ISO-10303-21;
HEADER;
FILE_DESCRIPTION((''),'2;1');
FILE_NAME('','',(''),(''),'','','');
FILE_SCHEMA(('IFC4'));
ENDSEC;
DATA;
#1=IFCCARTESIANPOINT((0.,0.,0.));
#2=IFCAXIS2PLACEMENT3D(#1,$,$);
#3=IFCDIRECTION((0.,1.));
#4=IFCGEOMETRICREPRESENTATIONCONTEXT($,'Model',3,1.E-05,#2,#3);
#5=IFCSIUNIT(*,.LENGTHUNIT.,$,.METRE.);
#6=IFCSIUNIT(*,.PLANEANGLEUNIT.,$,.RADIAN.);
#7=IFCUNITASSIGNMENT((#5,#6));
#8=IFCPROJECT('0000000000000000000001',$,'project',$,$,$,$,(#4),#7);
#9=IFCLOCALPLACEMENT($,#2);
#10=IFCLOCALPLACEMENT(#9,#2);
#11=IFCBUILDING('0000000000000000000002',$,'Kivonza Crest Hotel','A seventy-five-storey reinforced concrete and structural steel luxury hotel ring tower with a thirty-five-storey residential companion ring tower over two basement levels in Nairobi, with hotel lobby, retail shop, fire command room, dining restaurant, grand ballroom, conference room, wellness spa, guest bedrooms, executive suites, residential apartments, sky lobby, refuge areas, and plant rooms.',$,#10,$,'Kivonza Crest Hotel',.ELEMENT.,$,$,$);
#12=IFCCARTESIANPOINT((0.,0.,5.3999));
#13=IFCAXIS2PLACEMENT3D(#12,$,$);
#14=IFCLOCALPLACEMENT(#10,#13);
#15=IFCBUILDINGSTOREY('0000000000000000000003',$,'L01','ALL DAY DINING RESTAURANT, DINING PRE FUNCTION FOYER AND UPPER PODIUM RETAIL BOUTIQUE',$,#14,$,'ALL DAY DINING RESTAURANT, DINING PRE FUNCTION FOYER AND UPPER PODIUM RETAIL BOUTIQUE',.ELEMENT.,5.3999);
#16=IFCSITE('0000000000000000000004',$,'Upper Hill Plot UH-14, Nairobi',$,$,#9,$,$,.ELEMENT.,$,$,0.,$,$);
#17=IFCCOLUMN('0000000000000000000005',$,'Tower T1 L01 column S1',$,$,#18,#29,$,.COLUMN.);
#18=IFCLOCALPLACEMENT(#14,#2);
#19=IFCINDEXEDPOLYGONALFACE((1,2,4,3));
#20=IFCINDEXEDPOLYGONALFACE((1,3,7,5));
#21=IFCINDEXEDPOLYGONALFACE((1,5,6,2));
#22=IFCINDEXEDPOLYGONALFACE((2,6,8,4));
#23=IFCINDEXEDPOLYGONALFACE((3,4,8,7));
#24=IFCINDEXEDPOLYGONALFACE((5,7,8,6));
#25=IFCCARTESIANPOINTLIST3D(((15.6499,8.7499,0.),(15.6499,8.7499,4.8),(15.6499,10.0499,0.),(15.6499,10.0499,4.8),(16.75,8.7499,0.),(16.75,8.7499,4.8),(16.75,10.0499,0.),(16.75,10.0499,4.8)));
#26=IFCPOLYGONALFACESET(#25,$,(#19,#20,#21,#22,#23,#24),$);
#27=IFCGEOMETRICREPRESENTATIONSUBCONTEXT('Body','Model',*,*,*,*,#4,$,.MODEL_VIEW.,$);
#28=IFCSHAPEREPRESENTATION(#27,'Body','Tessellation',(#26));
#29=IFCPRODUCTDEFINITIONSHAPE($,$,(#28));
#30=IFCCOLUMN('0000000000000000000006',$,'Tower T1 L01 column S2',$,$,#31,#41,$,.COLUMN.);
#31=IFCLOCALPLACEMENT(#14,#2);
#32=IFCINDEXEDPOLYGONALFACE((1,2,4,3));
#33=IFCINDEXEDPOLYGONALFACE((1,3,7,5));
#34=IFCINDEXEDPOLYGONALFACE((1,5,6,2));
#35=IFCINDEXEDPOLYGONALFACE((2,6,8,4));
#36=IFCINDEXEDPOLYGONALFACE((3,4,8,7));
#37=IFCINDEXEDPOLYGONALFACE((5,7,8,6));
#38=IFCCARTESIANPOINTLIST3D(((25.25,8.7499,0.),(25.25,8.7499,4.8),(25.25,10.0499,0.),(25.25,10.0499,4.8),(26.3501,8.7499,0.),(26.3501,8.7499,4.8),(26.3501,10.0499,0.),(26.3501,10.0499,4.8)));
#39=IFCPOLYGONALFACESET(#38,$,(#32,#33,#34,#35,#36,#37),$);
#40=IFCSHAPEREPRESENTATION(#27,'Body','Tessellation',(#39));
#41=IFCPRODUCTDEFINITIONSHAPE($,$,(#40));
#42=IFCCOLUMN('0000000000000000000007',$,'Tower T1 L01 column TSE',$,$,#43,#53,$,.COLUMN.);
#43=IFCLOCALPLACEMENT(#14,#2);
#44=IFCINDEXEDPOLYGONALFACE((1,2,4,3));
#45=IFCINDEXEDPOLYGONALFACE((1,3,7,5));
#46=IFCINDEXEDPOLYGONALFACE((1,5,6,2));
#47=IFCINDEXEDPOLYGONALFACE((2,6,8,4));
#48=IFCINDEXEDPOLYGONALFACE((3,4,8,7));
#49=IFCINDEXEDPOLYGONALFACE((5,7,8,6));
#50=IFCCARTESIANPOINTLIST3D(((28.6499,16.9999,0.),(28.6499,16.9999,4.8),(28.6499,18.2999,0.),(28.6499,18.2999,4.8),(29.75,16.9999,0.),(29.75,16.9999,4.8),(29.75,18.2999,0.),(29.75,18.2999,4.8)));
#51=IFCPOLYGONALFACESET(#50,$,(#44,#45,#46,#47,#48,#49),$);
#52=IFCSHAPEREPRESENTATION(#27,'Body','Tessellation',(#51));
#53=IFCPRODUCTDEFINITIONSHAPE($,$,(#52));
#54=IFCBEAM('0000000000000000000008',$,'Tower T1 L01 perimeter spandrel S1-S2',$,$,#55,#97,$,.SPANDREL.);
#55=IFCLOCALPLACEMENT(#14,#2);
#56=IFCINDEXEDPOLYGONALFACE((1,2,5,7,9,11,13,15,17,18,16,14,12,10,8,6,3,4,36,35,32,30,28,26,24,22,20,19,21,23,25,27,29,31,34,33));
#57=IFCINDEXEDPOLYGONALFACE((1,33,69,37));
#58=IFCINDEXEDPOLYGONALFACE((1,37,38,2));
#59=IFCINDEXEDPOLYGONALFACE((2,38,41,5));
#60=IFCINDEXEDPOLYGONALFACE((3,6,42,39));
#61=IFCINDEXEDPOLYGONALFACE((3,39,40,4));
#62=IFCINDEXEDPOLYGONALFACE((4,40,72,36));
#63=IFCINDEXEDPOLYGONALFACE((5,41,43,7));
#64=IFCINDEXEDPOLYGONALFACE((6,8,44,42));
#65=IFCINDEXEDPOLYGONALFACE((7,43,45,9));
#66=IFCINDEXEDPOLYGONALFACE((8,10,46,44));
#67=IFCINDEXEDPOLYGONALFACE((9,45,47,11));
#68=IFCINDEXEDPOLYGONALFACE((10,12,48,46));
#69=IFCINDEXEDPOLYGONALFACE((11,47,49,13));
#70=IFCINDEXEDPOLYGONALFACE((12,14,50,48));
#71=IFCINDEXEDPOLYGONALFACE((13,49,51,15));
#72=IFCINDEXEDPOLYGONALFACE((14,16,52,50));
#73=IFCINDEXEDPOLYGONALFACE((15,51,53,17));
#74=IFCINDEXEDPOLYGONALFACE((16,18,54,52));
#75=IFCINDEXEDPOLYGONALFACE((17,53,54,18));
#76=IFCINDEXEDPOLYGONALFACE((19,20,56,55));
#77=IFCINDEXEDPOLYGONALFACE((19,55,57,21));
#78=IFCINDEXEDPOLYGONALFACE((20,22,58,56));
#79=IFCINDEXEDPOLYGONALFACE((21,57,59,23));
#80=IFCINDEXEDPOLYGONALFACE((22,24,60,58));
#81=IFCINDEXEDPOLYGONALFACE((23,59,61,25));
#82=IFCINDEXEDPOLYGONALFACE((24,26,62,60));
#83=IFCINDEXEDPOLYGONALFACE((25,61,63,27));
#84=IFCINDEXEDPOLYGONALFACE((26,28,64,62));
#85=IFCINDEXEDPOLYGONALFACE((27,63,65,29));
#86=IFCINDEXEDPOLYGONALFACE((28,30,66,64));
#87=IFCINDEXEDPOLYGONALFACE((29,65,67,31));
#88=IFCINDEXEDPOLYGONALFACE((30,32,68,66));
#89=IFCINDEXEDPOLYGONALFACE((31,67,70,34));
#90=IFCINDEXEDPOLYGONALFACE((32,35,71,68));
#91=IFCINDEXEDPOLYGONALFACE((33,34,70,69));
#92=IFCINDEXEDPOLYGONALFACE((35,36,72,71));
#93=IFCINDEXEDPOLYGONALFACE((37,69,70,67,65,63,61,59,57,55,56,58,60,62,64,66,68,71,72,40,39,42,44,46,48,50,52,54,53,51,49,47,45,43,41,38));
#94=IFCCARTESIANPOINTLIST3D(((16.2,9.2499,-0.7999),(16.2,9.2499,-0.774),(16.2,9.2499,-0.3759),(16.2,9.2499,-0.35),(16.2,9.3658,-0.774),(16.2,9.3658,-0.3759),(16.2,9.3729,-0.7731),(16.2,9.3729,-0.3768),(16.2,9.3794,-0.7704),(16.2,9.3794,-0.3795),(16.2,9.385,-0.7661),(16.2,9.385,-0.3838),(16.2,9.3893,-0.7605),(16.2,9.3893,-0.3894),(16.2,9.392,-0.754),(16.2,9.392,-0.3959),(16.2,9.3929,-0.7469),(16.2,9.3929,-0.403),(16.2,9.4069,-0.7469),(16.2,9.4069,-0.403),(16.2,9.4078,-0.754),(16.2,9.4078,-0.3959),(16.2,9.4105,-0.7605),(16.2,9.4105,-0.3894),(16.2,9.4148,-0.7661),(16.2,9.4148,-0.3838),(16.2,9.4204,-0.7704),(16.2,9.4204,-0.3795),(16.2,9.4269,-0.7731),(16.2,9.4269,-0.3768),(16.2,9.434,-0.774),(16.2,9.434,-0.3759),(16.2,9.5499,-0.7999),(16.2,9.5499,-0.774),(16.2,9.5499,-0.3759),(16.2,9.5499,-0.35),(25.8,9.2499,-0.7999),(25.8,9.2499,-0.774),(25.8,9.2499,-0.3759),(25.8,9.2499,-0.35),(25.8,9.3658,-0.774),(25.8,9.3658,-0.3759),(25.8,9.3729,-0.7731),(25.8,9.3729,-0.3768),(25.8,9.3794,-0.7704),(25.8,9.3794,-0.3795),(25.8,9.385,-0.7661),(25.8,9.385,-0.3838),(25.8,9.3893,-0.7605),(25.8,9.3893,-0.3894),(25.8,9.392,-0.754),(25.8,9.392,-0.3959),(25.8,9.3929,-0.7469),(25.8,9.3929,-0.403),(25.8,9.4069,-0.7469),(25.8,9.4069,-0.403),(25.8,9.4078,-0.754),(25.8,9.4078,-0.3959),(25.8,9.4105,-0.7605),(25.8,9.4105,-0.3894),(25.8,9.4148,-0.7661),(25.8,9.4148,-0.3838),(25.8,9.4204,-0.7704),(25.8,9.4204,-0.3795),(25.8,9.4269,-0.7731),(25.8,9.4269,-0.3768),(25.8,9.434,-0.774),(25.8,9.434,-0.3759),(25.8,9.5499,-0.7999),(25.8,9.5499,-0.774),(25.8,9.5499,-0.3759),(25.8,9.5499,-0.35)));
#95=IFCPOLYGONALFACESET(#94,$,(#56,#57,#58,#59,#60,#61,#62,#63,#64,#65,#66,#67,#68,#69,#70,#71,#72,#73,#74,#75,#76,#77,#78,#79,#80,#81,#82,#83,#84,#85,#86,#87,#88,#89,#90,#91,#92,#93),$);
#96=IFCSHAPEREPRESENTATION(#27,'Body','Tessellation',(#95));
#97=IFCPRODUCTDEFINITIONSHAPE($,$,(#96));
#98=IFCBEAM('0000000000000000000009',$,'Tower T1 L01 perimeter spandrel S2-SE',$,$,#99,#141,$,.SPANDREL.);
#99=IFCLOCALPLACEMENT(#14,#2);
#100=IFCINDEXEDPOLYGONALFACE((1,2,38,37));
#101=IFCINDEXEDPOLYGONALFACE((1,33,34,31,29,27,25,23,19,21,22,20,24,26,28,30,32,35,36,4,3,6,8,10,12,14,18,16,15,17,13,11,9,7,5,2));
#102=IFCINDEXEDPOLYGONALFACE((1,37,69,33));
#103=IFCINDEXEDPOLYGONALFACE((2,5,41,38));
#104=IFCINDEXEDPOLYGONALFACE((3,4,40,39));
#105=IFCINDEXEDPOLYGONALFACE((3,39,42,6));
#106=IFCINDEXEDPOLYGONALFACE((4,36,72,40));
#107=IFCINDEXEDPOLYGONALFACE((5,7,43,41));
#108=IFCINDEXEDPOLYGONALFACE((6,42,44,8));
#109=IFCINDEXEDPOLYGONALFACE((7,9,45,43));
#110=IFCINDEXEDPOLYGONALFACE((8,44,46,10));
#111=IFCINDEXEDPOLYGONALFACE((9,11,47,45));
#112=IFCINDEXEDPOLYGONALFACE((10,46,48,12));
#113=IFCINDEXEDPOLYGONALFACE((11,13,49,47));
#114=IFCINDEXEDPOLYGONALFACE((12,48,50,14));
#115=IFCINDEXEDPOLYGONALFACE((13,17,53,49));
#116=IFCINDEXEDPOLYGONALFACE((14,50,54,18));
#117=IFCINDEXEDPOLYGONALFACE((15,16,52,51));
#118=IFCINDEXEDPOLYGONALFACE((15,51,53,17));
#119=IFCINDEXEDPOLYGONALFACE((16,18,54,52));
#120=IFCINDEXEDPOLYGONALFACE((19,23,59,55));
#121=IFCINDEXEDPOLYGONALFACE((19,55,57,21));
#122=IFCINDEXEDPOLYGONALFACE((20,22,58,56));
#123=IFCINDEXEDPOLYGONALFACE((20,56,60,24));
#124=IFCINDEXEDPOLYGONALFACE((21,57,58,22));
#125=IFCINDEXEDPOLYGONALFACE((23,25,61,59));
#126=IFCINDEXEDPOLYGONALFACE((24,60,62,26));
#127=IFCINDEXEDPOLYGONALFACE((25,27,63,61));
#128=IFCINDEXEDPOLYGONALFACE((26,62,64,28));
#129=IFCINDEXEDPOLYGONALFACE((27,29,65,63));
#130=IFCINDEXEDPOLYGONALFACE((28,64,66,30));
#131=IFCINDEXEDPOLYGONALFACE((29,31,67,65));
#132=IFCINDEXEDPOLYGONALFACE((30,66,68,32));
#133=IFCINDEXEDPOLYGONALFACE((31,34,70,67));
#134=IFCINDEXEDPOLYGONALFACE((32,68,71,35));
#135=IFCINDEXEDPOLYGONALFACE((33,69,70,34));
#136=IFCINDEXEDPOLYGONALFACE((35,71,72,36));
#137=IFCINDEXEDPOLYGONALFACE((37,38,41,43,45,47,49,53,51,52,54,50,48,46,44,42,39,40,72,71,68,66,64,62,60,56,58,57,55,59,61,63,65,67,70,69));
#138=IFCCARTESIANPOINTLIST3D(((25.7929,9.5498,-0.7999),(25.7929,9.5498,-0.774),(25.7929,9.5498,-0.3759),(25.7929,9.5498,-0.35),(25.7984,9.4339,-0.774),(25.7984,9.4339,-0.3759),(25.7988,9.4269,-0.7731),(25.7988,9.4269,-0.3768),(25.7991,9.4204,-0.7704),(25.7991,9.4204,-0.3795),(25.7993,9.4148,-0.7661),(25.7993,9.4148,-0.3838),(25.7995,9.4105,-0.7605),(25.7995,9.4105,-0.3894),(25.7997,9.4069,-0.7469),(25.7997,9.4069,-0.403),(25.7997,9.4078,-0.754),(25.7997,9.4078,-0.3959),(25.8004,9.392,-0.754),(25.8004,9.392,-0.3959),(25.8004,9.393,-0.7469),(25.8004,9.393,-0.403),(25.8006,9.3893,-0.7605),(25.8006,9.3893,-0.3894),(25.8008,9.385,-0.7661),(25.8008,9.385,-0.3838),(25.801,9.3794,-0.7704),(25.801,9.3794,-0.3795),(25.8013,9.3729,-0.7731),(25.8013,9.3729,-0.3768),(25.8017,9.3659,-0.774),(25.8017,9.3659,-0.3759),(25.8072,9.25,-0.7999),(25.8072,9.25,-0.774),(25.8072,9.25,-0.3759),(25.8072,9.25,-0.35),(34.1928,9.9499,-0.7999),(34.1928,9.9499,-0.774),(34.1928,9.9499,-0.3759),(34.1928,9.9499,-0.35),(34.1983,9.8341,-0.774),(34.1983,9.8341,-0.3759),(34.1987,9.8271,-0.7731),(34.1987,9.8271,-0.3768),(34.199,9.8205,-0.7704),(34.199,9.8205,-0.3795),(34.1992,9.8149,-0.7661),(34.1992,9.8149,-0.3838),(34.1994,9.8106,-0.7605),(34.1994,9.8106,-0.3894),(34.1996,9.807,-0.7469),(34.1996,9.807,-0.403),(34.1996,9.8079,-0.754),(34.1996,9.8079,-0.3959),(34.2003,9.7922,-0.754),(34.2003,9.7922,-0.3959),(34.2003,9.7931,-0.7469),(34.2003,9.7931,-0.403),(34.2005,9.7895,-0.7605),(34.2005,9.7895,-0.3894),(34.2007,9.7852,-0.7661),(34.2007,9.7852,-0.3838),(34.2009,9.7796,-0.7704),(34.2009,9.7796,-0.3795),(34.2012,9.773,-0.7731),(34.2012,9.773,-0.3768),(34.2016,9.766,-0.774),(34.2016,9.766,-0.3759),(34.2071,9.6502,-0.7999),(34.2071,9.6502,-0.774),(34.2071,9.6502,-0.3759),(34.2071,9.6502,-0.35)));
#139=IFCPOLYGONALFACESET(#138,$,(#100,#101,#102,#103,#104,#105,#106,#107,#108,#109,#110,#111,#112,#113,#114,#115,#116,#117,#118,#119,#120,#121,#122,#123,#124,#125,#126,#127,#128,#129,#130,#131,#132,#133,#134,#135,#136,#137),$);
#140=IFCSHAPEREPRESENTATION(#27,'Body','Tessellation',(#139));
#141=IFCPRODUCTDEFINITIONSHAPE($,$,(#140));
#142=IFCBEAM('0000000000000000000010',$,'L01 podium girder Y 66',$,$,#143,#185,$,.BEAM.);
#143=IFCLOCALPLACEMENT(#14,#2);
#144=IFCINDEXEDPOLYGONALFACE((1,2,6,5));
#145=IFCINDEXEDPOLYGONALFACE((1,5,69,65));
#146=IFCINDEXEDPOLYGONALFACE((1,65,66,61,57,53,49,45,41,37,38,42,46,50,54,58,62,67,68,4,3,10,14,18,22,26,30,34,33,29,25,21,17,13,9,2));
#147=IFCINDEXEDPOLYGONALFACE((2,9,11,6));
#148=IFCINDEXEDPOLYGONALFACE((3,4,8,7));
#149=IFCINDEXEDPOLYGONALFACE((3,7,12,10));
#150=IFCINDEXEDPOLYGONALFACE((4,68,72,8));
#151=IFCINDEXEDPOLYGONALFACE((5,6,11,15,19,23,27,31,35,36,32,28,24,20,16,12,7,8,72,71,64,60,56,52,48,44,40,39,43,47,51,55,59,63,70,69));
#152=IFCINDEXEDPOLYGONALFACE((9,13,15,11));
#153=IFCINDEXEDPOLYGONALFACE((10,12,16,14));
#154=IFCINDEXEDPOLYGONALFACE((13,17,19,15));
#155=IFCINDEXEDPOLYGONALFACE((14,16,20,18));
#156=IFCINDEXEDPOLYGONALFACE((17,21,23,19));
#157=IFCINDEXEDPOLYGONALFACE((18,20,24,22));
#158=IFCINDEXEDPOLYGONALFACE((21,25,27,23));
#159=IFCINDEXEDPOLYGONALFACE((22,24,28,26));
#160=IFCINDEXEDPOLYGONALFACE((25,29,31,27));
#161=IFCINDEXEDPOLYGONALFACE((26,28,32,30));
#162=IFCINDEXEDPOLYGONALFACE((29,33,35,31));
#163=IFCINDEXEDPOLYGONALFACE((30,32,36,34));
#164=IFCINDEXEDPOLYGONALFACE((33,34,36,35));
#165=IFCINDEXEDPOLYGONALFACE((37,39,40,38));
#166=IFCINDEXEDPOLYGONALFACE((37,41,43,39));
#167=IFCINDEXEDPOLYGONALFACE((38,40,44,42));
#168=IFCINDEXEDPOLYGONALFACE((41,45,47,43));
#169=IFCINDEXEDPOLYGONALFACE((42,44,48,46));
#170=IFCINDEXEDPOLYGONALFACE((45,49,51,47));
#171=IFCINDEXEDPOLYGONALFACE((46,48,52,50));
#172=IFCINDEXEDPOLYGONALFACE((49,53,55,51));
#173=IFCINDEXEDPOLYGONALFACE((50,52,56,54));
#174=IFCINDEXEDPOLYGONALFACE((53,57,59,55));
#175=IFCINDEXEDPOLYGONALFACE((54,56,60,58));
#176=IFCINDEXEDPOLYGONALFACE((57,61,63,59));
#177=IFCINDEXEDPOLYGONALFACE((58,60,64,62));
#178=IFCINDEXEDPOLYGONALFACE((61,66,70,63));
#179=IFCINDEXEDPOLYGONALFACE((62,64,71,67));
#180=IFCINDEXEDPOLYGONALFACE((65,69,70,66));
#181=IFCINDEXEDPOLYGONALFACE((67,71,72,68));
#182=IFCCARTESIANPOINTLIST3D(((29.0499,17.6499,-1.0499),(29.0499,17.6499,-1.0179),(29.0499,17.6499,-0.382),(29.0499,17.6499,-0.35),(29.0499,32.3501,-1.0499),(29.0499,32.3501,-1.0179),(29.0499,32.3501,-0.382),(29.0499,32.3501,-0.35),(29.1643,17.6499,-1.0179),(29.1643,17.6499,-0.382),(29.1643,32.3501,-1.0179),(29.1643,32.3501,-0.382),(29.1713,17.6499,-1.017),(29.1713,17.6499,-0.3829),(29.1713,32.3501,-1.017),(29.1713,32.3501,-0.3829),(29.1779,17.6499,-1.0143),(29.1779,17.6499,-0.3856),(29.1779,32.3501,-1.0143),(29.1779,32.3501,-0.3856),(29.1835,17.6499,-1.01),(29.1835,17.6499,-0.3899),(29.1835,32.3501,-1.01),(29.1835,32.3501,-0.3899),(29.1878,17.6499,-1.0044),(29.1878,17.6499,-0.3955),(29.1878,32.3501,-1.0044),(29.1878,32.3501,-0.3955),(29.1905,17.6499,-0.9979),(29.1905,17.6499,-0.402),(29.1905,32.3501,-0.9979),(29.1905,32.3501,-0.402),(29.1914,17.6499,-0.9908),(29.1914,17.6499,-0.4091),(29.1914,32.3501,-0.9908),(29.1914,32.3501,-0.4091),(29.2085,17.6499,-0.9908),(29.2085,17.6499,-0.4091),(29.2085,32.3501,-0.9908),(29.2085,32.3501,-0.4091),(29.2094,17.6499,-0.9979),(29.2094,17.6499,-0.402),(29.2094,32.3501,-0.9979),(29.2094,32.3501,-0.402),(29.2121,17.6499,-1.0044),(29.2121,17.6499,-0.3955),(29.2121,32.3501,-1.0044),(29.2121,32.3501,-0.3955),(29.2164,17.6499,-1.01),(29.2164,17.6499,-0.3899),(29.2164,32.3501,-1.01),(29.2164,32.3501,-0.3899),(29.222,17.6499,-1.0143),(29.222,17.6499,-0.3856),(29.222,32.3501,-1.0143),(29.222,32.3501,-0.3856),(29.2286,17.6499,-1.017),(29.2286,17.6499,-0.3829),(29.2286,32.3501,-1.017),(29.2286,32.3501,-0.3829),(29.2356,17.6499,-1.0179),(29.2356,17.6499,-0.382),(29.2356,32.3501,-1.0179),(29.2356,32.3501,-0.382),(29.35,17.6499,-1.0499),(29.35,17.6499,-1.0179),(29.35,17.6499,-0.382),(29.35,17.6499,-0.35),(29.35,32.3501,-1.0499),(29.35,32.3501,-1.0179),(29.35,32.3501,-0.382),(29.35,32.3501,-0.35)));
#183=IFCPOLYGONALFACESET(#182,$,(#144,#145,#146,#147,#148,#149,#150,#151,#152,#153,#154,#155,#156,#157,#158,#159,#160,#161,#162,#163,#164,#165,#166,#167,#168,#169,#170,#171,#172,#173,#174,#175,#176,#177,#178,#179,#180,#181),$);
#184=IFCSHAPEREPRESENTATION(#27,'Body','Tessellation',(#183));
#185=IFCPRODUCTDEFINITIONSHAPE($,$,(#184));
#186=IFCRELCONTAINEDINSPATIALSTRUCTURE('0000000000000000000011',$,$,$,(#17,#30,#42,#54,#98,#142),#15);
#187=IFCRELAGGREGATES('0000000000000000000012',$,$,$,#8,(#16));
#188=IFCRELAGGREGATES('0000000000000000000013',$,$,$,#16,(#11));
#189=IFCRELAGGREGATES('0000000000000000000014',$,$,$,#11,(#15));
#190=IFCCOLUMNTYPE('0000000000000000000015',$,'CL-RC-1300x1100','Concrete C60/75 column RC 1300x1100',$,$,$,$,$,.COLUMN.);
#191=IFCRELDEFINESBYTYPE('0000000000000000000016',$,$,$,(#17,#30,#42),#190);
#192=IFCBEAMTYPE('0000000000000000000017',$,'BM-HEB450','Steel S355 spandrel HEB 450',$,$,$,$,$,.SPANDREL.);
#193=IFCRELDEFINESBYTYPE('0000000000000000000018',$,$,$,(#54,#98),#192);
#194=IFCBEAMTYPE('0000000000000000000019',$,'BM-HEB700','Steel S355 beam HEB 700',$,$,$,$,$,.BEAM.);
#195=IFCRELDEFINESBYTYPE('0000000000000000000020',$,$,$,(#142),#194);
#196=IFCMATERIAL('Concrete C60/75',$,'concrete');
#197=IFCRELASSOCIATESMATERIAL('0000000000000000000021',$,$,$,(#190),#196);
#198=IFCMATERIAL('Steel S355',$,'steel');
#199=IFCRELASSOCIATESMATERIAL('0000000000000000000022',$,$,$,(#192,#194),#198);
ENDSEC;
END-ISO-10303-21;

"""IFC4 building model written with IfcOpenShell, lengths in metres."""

from ifc_helpers import new_model, si_unit, direction, frame, origin, origin_2d, place, context, subcontext, project, spatial, rectangle, i_section, extrude, material, material_profile, profile_set, type_object, element, save


model = new_model("IFC4")

# Units and contexts
model_context = context("Model", 3, precision=1e-05, world=origin(), true_north=direction((0.0, 1.0)))
body_context = subcontext(model_context, "Body", "Model", "MODEL_VIEW")
ifc_project = project(units=[si_unit("LENGTHUNIT", "METRE"), si_unit("PLANEANGLEUNIT", "RADIAN")], contexts=[model_context])

# Site, building, storey
site_placement = place(None, origin())
site = spatial("IfcSite", under=ifc_project, at=site_placement, Name="Upper Hill Plot UH-14, Nairobi", CompositionType="ELEMENT", RefElevation=0.0)
building_placement = place(site_placement, origin())
building = spatial("IfcBuilding", under=site, at=building_placement, Name="Kivonza Crest Hotel", Description="A seventy-five-storey reinforced concrete and structural steel luxury hotel ring tower with a thirty-five-storey residential companion ring tower over two basement levels in Nairobi, with hotel lobby, retail shop, fire command room, dining restaurant, grand ballroom, conference room, wellness spa, guest bedrooms, executive suites, residential apartments, sky lobby, refuge areas, and plant rooms.", LongName="Kivonza Crest Hotel", CompositionType="ELEMENT")
storey_placement = place(building_placement, frame((0.0, 0.0, 5.3999)))
storey = spatial("IfcBuildingStorey", under=building, at=storey_placement, Name="L01", Description="ALL DAY DINING RESTAURANT, DINING PRE FUNCTION FOYER AND UPPER PODIUM RETAIL BOUTIQUE", LongName="ALL DAY DINING RESTAURANT, DINING PRE FUNCTION FOYER AND UPPER PODIUM RETAIL BOUTIQUE", CompositionType="ELEMENT", Elevation=5.3999)

# Columns
ifc_material_1 = material(Name="Concrete C60/75", Category="concrete")
ifc_material_profile_1 = material_profile(ifc_material_1, rectangle(XDim=1.1001, YDim=1.3, at=origin_2d()), Name="RC 1300x1100")
ifc_profile_set_1 = profile_set([ifc_material_profile_1], Name="Concrete C60/75")
column_type = type_object("IfcColumnType", Name="CL-RC-1300x1100", Description="Concrete C60/75 column RC 1300x1100", PredefinedType="COLUMN", material=ifc_profile_set_1)
for number, where, z_axis, x_axis, name in (
    (1, (16.2, 9.3999, 0.0), (0.0, 0.0, 1.0), (1.0, 0.0, 0.0), "Tower T1 L01 column S1"),
    (2, (25.8, 9.3999, 0.0), (0.0, 0.0, 1.0), (1.0, 0.0, 0.0), "Tower T1 L01 column S2"),
    (3, (29.2, 17.6499, 0.0), (0.0, 0.0, 1.0), (1.0, 0.0, 0.0), "Tower T1 L01 column TSE"),
):
    element("IfcColumn", number, at=place(storey_placement, frame(where, z_axis=z_axis, x_axis=x_axis)), inside=storey, type_object=column_type, Name=name, PredefinedType="COLUMN", context=body_context, shape_type="SweptSolid", body=[
        extrude(rectangle(XDim=1.1001, YDim=1.3, at=origin_2d()), origin(), (0.0, 0.0, 1.0), 4.8),
    ])

# Beams
ifc_material_2 = material(Name="Steel S355", Category="steel")
ifc_material_profile_2 = material_profile(ifc_material_2, i_section(OverallWidth=0.3, OverallDepth=0.45, WebThickness=0.0139, FlangeThickness=0.0259, FilletRadius=0.0271, at=origin_2d()), Name="HEB 450")
ifc_profile_set_2 = profile_set([ifc_material_profile_2], Name="Steel S355")
beam_type_1 = type_object("IfcBeamType", Name="BM-HEB450", Description="Steel S355 spandrel HEB 450", PredefinedType="SPANDREL", material=ifc_profile_set_2)
beam_1_placement = place(storey_placement, frame((16.2, 9.3999, -0.575), z_axis=(1.0, 0.0, 0.0), x_axis=(0.0, 1.0, 0.0)))
element("IfcBeam", 4, at=beam_1_placement, inside=storey, type_object=beam_type_1, Name="Tower T1 L01 perimeter spandrel S1-S2", PredefinedType="SPANDREL", context=body_context, shape_type="SweptSolid", body=[
    extrude(i_section(OverallWidth=0.3, OverallDepth=0.45, WebThickness=0.0139, FlangeThickness=0.0259, FilletRadius=0.0271, at=origin_2d()), origin(), (0.0, 0.0, 1.0), 9.6001),
])
beam_2_placement = place(storey_placement, frame((25.8, 9.3999, -0.575), z_axis=(0.998867, 0.047583, 0.0), x_axis=(-0.047583, 0.998867, 0.0)))
element("IfcBeam", 5, at=beam_2_placement, inside=storey, type_object=beam_type_1, Name="Tower T1 L01 perimeter spandrel S2-SE", PredefinedType="SPANDREL", context=body_context, shape_type="SweptSolid", body=[
    extrude(i_section(OverallWidth=0.3, OverallDepth=0.45, WebThickness=0.0139, FlangeThickness=0.0259, FilletRadius=0.0271, at=origin_2d()), origin(), (0.0, 0.0, 1.0), 8.4094),
])
ifc_material_profile_3 = material_profile(ifc_material_2, i_section(OverallWidth=0.3, OverallDepth=0.7, WebThickness=0.0171, FlangeThickness=0.032, FilletRadius=0.0271, at=origin_2d()), Name="HEB 700")
ifc_profile_set_3 = profile_set([ifc_material_profile_3], Name="Steel S355")
beam_type_2 = type_object("IfcBeamType", Name="BM-HEB700", Description="Steel S355 beam HEB 700", PredefinedType="BEAM", material=ifc_profile_set_3)
beam_3_placement = place(storey_placement, frame((29.2, 17.6499, -0.7), z_axis=(0.0, 1.0, 0.0), x_axis=(-1.0, 0.0, 0.0)))
element("IfcBeam", 6, at=beam_3_placement, inside=storey, type_object=beam_type_2, Name="L01 podium girder Y 66", PredefinedType="BEAM", context=body_context, shape_type="SweptSolid", body=[
    extrude(i_section(OverallWidth=0.3, OverallDepth=0.7, WebThickness=0.0171, FlangeThickness=0.032, FilletRadius=0.0271, at=origin_2d()), origin(), (0.0, 0.0, 1.0), 14.7002),
])

save(model, "model.ifc")
